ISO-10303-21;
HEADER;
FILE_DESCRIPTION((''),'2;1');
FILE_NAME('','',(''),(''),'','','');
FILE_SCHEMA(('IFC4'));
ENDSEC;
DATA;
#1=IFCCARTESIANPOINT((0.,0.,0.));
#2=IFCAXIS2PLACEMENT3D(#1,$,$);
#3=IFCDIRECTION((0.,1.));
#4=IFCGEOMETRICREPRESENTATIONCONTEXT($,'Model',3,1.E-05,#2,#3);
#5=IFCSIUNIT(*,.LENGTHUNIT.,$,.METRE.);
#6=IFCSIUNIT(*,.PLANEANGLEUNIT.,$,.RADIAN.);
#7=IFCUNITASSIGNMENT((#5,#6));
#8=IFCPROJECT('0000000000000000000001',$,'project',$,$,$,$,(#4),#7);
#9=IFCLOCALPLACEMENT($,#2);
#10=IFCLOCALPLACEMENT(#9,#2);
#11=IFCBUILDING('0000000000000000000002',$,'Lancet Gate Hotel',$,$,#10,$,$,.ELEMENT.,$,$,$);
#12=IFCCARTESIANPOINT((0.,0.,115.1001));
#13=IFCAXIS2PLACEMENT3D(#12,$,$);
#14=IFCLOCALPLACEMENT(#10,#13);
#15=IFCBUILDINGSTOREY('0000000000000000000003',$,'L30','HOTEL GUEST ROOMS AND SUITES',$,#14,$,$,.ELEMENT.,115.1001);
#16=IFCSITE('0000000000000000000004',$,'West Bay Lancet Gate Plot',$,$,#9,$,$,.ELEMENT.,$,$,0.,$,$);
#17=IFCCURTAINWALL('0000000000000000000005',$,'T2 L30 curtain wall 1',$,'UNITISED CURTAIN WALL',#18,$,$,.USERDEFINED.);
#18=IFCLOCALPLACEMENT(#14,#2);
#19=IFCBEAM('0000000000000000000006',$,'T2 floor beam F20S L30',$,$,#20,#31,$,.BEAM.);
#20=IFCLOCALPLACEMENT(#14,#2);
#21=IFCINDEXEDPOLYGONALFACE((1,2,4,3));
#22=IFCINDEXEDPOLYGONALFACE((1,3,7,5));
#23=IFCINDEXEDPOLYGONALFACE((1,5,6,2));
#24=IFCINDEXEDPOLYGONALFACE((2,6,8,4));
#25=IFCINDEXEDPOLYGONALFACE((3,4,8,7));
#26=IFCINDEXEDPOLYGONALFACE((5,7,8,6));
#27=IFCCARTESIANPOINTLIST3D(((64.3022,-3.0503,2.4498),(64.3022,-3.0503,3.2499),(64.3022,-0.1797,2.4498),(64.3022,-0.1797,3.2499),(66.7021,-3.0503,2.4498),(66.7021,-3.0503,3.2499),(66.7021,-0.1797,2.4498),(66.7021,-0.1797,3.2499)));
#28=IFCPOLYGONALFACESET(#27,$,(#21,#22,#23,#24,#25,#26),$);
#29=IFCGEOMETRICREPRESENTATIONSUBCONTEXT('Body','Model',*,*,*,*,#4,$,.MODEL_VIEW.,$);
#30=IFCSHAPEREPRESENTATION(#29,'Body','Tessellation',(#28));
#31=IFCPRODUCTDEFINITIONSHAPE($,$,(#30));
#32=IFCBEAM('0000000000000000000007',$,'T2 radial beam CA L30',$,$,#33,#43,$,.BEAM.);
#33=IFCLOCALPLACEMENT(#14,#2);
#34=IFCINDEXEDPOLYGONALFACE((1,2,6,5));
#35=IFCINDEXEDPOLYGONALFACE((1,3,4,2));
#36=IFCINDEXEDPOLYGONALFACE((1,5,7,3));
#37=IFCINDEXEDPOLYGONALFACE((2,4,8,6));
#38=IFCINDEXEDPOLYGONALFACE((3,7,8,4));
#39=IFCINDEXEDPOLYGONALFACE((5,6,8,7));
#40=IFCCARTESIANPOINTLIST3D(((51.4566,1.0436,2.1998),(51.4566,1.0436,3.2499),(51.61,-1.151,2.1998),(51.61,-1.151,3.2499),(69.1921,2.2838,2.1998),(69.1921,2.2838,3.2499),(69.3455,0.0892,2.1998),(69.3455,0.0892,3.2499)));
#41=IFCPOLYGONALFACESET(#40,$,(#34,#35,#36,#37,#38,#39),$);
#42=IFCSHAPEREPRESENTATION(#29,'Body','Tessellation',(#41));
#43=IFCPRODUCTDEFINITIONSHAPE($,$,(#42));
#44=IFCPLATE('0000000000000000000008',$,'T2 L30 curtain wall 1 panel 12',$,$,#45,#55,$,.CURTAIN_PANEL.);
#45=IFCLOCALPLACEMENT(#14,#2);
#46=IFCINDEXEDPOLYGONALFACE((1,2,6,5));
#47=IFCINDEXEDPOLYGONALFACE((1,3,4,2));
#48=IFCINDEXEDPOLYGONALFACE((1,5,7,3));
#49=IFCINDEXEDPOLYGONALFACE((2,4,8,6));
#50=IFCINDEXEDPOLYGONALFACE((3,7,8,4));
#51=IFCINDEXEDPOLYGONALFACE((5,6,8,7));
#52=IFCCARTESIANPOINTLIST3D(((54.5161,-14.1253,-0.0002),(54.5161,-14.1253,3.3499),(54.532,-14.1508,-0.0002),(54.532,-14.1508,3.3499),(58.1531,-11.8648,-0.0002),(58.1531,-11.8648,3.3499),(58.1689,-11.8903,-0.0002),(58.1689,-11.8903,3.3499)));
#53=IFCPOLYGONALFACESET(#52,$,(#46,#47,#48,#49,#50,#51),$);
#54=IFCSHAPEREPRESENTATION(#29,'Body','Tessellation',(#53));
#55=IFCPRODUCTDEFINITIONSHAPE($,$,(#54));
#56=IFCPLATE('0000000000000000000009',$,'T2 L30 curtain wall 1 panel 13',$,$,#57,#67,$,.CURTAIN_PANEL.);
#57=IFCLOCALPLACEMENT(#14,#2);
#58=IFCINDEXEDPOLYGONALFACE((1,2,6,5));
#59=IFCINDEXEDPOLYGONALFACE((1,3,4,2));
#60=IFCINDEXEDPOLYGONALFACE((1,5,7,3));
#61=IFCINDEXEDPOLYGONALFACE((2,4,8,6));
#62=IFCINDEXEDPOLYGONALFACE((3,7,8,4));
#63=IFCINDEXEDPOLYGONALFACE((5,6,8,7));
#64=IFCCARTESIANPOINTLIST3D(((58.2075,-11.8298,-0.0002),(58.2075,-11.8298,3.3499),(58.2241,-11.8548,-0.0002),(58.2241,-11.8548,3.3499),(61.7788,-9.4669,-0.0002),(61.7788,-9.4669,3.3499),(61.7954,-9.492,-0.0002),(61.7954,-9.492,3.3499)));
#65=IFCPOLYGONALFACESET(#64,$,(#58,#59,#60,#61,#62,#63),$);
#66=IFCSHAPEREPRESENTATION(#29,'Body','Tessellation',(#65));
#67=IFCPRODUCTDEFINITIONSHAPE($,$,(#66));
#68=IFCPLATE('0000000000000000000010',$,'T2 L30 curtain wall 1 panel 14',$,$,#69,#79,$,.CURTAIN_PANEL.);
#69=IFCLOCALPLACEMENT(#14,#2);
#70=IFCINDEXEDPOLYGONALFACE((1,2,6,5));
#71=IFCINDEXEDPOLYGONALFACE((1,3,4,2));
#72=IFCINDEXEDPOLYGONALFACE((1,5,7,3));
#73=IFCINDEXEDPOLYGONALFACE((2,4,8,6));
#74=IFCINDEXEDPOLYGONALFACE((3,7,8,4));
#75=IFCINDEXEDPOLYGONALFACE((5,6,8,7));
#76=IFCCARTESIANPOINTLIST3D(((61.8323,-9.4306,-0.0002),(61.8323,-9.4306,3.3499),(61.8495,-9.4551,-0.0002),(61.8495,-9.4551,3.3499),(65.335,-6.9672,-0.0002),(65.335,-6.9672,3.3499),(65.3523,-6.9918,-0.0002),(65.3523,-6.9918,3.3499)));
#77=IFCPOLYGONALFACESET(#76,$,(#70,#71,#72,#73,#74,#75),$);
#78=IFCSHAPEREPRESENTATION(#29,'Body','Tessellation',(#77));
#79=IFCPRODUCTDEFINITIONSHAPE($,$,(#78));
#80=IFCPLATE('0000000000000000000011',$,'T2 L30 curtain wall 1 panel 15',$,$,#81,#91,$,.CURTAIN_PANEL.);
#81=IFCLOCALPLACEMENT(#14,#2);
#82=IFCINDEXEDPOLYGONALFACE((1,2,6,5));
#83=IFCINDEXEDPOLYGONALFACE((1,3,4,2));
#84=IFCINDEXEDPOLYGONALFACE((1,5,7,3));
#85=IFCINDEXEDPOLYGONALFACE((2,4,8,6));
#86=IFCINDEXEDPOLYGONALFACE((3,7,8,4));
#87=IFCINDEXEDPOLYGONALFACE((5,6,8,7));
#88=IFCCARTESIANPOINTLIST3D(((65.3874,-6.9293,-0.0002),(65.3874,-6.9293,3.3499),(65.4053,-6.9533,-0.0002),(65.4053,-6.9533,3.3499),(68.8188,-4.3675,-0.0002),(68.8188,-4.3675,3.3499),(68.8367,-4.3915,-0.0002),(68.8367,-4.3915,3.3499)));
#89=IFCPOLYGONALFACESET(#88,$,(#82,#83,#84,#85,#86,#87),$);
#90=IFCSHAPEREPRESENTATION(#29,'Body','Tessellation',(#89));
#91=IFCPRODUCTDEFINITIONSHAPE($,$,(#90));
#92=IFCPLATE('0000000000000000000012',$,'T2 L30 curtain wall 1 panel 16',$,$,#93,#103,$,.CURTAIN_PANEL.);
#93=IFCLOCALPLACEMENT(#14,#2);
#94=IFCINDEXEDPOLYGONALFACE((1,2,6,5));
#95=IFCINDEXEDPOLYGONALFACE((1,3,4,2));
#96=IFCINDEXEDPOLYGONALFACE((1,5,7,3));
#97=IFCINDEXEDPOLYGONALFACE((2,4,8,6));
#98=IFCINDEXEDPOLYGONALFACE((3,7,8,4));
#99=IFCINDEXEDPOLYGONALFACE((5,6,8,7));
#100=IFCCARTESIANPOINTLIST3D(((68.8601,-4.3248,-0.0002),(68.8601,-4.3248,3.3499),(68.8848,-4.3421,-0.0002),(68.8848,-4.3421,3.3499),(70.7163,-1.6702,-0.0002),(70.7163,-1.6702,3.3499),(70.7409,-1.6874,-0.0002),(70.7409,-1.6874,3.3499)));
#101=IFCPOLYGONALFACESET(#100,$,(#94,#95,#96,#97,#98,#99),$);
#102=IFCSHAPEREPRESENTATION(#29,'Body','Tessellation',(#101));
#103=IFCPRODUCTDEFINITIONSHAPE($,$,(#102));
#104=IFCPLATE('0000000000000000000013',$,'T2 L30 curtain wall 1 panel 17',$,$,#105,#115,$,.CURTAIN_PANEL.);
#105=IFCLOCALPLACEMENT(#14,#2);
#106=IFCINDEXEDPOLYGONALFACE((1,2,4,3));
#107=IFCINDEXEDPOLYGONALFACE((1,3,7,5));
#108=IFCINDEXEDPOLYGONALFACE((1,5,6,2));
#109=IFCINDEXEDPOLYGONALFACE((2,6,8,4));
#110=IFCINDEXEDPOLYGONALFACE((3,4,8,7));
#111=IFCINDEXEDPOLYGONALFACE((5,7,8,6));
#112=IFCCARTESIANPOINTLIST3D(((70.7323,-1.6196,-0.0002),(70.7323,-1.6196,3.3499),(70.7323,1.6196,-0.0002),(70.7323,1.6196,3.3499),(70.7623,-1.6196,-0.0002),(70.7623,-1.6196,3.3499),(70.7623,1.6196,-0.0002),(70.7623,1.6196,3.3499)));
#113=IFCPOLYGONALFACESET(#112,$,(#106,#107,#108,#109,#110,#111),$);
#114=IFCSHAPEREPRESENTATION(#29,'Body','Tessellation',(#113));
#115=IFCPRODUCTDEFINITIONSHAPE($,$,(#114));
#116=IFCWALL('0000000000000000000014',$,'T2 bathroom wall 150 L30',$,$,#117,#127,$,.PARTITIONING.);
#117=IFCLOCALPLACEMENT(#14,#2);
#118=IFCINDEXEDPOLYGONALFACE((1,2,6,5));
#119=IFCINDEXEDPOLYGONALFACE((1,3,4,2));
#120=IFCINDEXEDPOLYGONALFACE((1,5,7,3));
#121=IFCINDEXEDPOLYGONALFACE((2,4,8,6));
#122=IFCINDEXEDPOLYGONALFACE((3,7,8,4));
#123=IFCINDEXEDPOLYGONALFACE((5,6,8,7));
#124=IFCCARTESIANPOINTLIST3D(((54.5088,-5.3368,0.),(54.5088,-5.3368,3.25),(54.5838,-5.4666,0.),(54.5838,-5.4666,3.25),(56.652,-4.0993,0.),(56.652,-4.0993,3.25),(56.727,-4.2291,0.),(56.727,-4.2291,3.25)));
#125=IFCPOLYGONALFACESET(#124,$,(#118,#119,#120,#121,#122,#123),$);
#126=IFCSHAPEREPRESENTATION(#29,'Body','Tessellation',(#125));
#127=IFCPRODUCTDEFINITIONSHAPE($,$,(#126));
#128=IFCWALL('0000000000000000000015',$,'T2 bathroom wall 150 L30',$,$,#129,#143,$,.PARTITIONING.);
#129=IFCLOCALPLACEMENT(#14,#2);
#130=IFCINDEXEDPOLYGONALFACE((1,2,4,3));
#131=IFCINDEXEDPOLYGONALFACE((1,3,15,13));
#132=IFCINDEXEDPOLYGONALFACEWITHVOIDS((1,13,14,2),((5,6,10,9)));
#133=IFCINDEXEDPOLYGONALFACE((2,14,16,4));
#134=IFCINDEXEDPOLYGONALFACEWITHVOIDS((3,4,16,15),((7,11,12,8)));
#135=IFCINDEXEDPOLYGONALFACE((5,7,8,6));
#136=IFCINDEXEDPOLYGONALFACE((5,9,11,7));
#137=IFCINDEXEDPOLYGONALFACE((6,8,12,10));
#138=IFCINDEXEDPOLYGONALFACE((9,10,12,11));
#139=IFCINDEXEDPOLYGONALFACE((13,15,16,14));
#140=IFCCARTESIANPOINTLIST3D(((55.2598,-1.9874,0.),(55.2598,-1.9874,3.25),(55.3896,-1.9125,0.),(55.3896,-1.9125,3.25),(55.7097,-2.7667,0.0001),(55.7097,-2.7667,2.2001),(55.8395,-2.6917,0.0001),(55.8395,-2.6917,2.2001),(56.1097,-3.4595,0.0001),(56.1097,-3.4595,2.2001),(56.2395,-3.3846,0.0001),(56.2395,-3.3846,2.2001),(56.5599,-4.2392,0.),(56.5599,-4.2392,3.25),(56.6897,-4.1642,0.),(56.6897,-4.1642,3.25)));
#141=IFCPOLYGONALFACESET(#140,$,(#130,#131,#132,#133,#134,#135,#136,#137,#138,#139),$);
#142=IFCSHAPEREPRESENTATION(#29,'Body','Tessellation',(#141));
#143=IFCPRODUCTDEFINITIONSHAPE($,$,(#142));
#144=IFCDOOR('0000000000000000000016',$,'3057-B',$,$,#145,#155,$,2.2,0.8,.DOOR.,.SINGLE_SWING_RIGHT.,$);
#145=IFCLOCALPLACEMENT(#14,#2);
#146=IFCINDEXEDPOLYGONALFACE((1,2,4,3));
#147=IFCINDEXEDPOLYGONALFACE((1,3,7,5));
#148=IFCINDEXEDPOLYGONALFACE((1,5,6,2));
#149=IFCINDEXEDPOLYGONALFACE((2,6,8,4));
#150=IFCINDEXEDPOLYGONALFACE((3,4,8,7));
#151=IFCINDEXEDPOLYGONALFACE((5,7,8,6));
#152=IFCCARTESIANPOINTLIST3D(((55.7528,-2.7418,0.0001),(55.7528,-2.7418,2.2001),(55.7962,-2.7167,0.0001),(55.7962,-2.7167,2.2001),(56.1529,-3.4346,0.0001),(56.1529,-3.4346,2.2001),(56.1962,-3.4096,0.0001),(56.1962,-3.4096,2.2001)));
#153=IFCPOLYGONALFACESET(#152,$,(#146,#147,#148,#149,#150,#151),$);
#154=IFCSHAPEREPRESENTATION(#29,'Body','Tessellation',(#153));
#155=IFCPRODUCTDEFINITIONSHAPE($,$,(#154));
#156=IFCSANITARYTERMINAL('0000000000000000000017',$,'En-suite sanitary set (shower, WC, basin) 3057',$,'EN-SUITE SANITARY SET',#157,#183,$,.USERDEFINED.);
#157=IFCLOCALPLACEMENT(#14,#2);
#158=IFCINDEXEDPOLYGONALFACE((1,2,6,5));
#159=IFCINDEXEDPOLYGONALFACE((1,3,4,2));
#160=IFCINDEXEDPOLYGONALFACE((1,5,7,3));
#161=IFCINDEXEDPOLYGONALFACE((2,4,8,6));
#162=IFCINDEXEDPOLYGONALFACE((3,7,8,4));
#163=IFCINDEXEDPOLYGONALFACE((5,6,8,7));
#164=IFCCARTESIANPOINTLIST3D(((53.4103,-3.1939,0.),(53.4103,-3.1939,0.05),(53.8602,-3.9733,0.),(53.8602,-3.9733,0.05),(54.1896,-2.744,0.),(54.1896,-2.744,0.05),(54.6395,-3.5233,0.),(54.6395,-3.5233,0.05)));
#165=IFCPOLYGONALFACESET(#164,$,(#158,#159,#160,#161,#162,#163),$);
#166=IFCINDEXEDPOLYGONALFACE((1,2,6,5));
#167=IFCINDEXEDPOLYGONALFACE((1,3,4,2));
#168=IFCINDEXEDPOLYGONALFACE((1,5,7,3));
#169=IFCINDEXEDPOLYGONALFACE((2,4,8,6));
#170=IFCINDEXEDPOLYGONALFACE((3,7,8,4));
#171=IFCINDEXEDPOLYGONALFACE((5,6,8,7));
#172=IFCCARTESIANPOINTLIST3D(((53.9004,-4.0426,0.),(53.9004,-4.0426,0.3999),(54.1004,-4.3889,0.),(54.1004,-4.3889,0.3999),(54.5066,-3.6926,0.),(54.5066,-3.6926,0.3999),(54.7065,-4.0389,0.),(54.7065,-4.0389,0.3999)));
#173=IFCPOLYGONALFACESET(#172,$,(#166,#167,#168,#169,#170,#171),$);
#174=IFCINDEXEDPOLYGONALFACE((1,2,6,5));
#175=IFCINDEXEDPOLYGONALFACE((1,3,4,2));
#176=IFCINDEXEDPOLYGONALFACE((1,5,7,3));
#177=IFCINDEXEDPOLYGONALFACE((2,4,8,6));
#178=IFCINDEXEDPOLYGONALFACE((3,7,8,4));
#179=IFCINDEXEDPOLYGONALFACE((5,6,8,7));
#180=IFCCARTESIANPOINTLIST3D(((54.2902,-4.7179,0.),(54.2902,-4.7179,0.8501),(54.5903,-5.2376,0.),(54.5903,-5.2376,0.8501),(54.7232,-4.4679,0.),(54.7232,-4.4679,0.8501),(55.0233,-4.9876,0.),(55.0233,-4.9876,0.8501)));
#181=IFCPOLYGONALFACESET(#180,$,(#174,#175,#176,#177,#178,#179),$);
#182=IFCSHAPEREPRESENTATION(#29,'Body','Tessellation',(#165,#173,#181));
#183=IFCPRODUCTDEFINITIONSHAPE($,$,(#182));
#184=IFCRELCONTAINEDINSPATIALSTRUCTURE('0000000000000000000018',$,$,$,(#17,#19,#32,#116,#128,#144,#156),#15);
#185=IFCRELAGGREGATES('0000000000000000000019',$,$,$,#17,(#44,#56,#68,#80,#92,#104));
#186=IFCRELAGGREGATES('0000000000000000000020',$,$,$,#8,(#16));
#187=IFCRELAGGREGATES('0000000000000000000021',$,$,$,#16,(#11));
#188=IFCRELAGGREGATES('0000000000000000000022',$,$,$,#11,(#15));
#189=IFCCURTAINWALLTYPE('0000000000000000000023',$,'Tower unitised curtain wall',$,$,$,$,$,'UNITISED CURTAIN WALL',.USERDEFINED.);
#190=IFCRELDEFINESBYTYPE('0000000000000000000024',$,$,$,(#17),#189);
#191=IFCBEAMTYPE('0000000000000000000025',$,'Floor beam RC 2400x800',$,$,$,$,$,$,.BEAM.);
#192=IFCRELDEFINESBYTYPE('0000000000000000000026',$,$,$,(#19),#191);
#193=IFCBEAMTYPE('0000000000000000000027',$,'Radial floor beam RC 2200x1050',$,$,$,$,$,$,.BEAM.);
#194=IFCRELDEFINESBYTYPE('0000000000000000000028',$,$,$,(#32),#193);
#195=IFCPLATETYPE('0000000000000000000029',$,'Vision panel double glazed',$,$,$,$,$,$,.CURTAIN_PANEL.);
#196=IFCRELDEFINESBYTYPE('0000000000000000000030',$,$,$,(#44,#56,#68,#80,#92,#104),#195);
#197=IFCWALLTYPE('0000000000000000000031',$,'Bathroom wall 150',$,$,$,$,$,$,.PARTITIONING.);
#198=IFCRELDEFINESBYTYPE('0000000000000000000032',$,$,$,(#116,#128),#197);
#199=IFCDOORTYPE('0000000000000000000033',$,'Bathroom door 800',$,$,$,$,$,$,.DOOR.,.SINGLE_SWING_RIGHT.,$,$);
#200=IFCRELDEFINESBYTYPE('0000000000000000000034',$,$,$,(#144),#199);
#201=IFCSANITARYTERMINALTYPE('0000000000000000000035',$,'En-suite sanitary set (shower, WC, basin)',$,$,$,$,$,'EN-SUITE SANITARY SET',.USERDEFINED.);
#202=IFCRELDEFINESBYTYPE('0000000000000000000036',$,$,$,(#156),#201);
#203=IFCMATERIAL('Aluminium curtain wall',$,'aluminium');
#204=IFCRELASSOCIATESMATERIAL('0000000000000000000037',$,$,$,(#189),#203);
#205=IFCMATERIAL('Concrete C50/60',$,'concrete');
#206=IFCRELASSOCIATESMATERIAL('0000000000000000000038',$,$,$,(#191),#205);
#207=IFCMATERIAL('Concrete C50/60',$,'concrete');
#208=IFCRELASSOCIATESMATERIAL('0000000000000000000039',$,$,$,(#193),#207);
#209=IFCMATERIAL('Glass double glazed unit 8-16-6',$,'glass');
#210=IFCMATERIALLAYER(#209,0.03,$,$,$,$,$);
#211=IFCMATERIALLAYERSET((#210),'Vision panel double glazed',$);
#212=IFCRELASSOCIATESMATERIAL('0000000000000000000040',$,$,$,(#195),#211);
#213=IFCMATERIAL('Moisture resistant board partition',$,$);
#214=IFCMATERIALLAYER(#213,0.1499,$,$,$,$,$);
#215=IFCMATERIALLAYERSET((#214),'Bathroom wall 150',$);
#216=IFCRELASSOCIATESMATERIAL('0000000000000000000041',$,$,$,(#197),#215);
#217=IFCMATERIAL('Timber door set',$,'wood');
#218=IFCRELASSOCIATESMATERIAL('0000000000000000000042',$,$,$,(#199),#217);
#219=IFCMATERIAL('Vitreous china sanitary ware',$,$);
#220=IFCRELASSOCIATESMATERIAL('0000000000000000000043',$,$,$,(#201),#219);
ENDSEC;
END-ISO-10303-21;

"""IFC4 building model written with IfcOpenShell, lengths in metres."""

from ifc_helpers import new_model, si_unit, direction, frame, frame_2d, origin, origin_2d, place, context, subcontext, project, spatial, rectangle, extrude, material, layer, layer_set, material_profile, profile_set, type_object, element, fill, aggregate, save


model = new_model("IFC4")

# Units and contexts
model_context = context("Model", 3, precision=1e-05, world=origin(), true_north=direction((0.0, 1.0)))
body_context = subcontext(model_context, "Body", "Model", "MODEL_VIEW")
ifc_project = project(units=[si_unit("LENGTHUNIT", "METRE"), si_unit("PLANEANGLEUNIT", "RADIAN")], contexts=[model_context])

# Site, building, storey
site_placement = place(None, origin())
site = spatial("IfcSite", under=ifc_project, at=site_placement, Name="West Bay Lancet Gate Plot", CompositionType="ELEMENT", RefElevation=0.0)
building_placement = place(site_placement, origin())
building = spatial("IfcBuilding", under=site, at=building_placement, Name="Lancet Gate Hotel", CompositionType="ELEMENT")
storey_placement = place(building_placement, frame((0.0, 0.0, 115.1001)))
storey = spatial("IfcBuildingStorey", under=building, at=storey_placement, Name="L30", Description="HOTEL GUEST ROOMS AND SUITES", CompositionType="ELEMENT", Elevation=115.1001)

# Curtain wall
ifc_material_1 = material(Name="Aluminium curtain wall", Category="aluminium")
curtain_wall_type = type_object("IfcCurtainWallType", Name="Tower unitised curtain wall", ElementType="UNITISED CURTAIN WALL", PredefinedType="USERDEFINED", material=ifc_material_1)
curtain_wall_placement = place(storey_placement, origin())
curtain_wall = element("IfcCurtainWall", 1, at=curtain_wall_placement, inside=storey, type_object=curtain_wall_type, Name="T2 L30 curtain wall 1", ObjectType="UNITISED CURTAIN WALL", PredefinedType="USERDEFINED")

# Beams
ifc_material_2 = material(Name="Concrete C50/60", Category="concrete")
ifc_material_profile_1 = material_profile(ifc_material_2, rectangle(XDim=2.3999, YDim=0.8, at=origin_2d()), Name="RC 2400x800")
ifc_profile_set_1 = profile_set([ifc_material_profile_1], Name="Concrete C50/60")
beam_type_1 = type_object("IfcBeamType", Name="Floor beam RC 2400x800", PredefinedType="BEAM", material=ifc_profile_set_1)
beam_1_placement = place(storey_placement, frame((65.5022, -3.0503, 2.8499), z_axis=(0.0, 1.0, 0.0), x_axis=(-1.0, 0.0, 0.0)))
element("IfcBeam", 2, at=beam_1_placement, inside=storey, type_object=beam_type_1, Name="T2 floor beam F20S L30", PredefinedType="BEAM", context=body_context, shape_type="SweptSolid", body=[
    extrude(rectangle(XDim=2.3999, YDim=0.8, at=origin_2d()), origin(), (0.0, 0.0, 1.0), 2.8706),
])
ifc_material_3 = material(Name="Concrete C50/60", Category="concrete")
ifc_material_profile_2 = material_profile(ifc_material_3, rectangle(XDim=2.2, YDim=1.05, at=origin_2d()), Name="RC 2200x1050")
ifc_profile_set_2 = profile_set([ifc_material_profile_2], Name="Concrete C50/60")
beam_type_2 = type_object("IfcBeamType", Name="Radial floor beam RC 2200x1050", PredefinedType="BEAM", material=ifc_profile_set_2)
beam_2_placement = place(storey_placement, frame((69.2688, 1.1865, 2.7249), z_axis=(-0.997564, -0.069759, 0.0), x_axis=(0.069759, -0.997564, 0.0)))
element("IfcBeam", 3, at=beam_2_placement, inside=storey, type_object=beam_type_2, Name="T2 radial beam CA L30", PredefinedType="BEAM", context=body_context, shape_type="SweptSolid", body=[
    extrude(rectangle(XDim=2.2, YDim=1.05, at=origin_2d()), origin(), (0.0, 0.0, 1.0), 17.7788),
])

# Plates
ifc_material_4 = material(Name="Glass double glazed unit 8-16-6", Category="glass")
ifc_layer_1 = layer(ifc_material_4, 0.03)
ifc_layer_set_1 = layer_set([ifc_layer_1], Name="Vision panel double glazed")
plate_type = type_object("IfcPlateType", Name="Vision panel double glazed", PredefinedType="CURTAIN_PANEL", material=ifc_layer_set_1)
plate_1_placement = place(storey_placement, frame((56.3425, -13.0078, -0.0002), z_axis=(0.0, 0.0, 1.0), x_axis=(0.849318, 0.527882, 0.0)))
plate_1 = element("IfcPlate", 4, at=plate_1_placement, type_object=plate_type, Name="T2 L30 curtain wall 1 panel 12", PredefinedType="CURTAIN_PANEL", context=body_context, shape_type="SweptSolid", body=[
    extrude(rectangle(XDim=4.2822, YDim=0.03, at=origin_2d()), origin(), (0.0, 0.0, 1.0), 3.3501),
])
plate_2_placement = place(storey_placement, frame((60.0015, -10.6609, -0.0002), z_axis=(0.0, 0.0, 1.0), x_axis=(0.833985, 0.551787, 0.0)))
plate_2 = element("IfcPlate", 5, at=plate_2_placement, type_object=plate_type, Name="T2 L30 curtain wall 1 panel 13", PredefinedType="CURTAIN_PANEL", context=body_context, shape_type="SweptSolid", body=[
    extrude(rectangle(XDim=4.2822, YDim=0.03, at=origin_2d()), origin(), (0.0, 0.0, 1.0), 3.3501),
])
plate_3_placement = place(storey_placement, frame((63.5923, -8.2112, -0.0002), z_axis=(0.0, 0.0, 1.0), x_axis=(0.817979, 0.575247, 0.0)))
plate_3 = element("IfcPlate", 6, at=plate_3_placement, type_object=plate_type, Name="T2 L30 curtain wall 1 panel 14", PredefinedType="CURTAIN_PANEL", context=body_context, shape_type="SweptSolid", body=[
    extrude(rectangle(XDim=4.2822, YDim=0.03, at=origin_2d()), origin(), (0.0, 0.0, 1.0), 3.3501),
])
plate_4_placement = place(storey_placement, frame((67.1121, -5.6604, -0.0002), z_axis=(0.0, 0.0, 1.0), x_axis=(0.801314, 0.598244, 0.0)))
plate_4 = element("IfcPlate", 7, at=plate_4_placement, type_object=plate_type, Name="T2 L30 curtain wall 1 panel 15", PredefinedType="CURTAIN_PANEL", context=body_context, shape_type="SweptSolid", body=[
    extrude(rectangle(XDim=4.2822, YDim=0.03, at=origin_2d()), origin(), (0.0, 0.0, 1.0), 3.3501),
])
plate_5_placement = place(storey_placement, frame((69.8005, -3.0061, -0.0002), z_axis=(0.0, 0.0, 1.0), x_axis=(0.573025, 0.819538, 0.0)))
plate_5 = element("IfcPlate", 8, at=plate_5_placement, type_object=plate_type, Name="T2 L30 curtain wall 1 panel 16", PredefinedType="CURTAIN_PANEL", context=body_context, shape_type="SweptSolid", body=[
    extrude(rectangle(XDim=3.2393, YDim=0.03, at=origin_2d()), origin(), (0.0, 0.0, 1.0), 3.3501),
])
plate_6_placement = place(storey_placement, frame((70.7473, 0.0, -0.0002), z_axis=(0.0, 0.0, 1.0), x_axis=(0.0, 1.0, 0.0)))
plate_6 = element("IfcPlate", 9, at=plate_6_placement, type_object=plate_type, Name="T2 L30 curtain wall 1 panel 17", PredefinedType="CURTAIN_PANEL", context=body_context, shape_type="SweptSolid", body=[
    extrude(rectangle(XDim=3.2393, YDim=0.03, at=origin_2d()), origin(), (0.0, 0.0, 1.0), 3.3501),
])
aggregate(curtain_wall, [plate_1, plate_2, plate_3, plate_4, plate_5, plate_6])

# Wall
ifc_material_5 = material(Name="Moisture resistant board partition")
ifc_layer_2 = layer(ifc_material_5, 0.1499)
ifc_layer_set_2 = layer_set([ifc_layer_2], Name="Bathroom wall 150")
wall_type = type_object("IfcWallType", Name="Bathroom wall 150", PredefinedType="PARTITIONING", material=ifc_layer_set_2)
wall_1_placement = place(storey_placement, frame((54.5464, -5.4016, 0.0), z_axis=(0.0, 0.0, 1.0), x_axis=(0.866007, 0.500033, 0.0)))
element("IfcWall", 10, at=wall_1_placement, inside=storey, type_object=wall_type, Name="T2 bathroom wall 150 L30", PredefinedType="PARTITIONING", context=body_context, shape_type="SweptSolid", body=[
    extrude(rectangle(XDim=2.4749, YDim=0.1499, at=frame_2d((1.2373, 0.0))), origin(), (0.0, 0.0, 1.0), 3.25),
])

# Wall, opening, door
wall_2_placement = place(storey_placement, frame((55.3247, -1.95, 0.0), z_axis=(0.0, 0.0, 1.0), x_axis=(0.500007, -0.866021, 0.0)))
wall_2 = element("IfcWall", 11, at=wall_2_placement, inside=storey, type_object=wall_type, Name="T2 bathroom wall 150 L30", PredefinedType="PARTITIONING", context=body_context, shape_type="SweptSolid", body=[
    extrude(rectangle(XDim=2.6001, YDim=0.1499, at=frame_2d((1.3, 0.0))), origin(), (0.0, 0.0, 1.0), 3.25),
])
opening_placement = place(wall_2_placement, frame((0.8999, 0.0, 0.0)))
opening = element("IfcOpeningElement", 12, at=opening_placement, cuts=wall_2, PredefinedType="OPENING", context=body_context, shape_type="SweptSolid", body=[
    extrude(rectangle(XDim=0.8, YDim=2.2, at=frame_2d((0.3999, 1.1001))), frame((0.0, 0.085, 0.0), z_axis=(0.0, -1.0, 0.0), x_axis=(1.0, 0.0, 0.0)), (0.0, 0.0, 1.0), 0.1699),
])
ifc_material_6 = material(Name="Timber door set", Category="wood")
door_type = type_object("IfcDoorType", Name="Bathroom door 800", OperationType="SINGLE_SWING_RIGHT", PredefinedType="DOOR", material=ifc_material_6)
door_placement = place(opening_placement, origin())
door = element("IfcDoor", 13, at=door_placement, inside=storey, type_object=door_type, Name="3057-B", OperationType="SINGLE_SWING_RIGHT", OverallHeight=2.2, OverallWidth=0.8, PredefinedType="DOOR", context=body_context, shape_type="SweptSolid", body=[
    extrude(rectangle(XDim=0.8, YDim=2.2, at=frame_2d((0.3999, 1.1001))), frame((0.0, 0.0249, 0.0), z_axis=(0.0, -1.0, 0.0), x_axis=(1.0, 0.0, 0.0)), (0.0, 0.0, 1.0), 0.05),
])
fill(opening, door)

# Sanitary terminal
ifc_material_7 = material(Name="Vitreous china sanitary ware")
sanitary_terminal_type = type_object("IfcSanitaryTerminalType", Name="En-suite sanitary set (shower, WC, basin)", ElementType="EN-SUITE SANITARY SET", PredefinedType="USERDEFINED", material=ifc_material_7)
sanitary_terminal_placement = place(storey_placement, frame((54.0249, -3.3586, 0.0), z_axis=(0.0, 0.0, 1.0), x_axis=(1.0, 0.0, 0.0)))
element("IfcSanitaryTerminal", 14, at=sanitary_terminal_placement, inside=storey, type_object=sanitary_terminal_type, Name="En-suite sanitary set (shower, WC, basin) 3057", ObjectType="EN-SUITE SANITARY SET", PredefinedType="USERDEFINED", context=body_context, shape_type="SweptSolid", body=[
    extrude(rectangle(XDim=0.8999, YDim=0.8999, at=origin_2d()), frame((0.0, 0.0, 0.0), z_axis=(0.0, 0.0, 1.0), x_axis=(-0.5, 0.866025, 0.0)), (0.0, 0.0, 1.0), 0.05),
    extrude(rectangle(XDim=0.3999, YDim=0.7, at=origin_2d()), frame((0.2786, -0.6821, 0.0), z_axis=(0.0, 0.0, 1.0), x_axis=(-0.5, 0.866025, 0.0)), (0.0, 0.0, 1.0), 0.3999),
    extrude(rectangle(XDim=0.6001, YDim=0.5, at=origin_2d()), frame((0.6318, -1.4941, 0.0), z_axis=(0.0, 0.0, 1.0), x_axis=(-0.5, 0.866025, 0.0)), (0.0, 0.0, 1.0), 0.8501),
])

save(model, "model.ifc")
